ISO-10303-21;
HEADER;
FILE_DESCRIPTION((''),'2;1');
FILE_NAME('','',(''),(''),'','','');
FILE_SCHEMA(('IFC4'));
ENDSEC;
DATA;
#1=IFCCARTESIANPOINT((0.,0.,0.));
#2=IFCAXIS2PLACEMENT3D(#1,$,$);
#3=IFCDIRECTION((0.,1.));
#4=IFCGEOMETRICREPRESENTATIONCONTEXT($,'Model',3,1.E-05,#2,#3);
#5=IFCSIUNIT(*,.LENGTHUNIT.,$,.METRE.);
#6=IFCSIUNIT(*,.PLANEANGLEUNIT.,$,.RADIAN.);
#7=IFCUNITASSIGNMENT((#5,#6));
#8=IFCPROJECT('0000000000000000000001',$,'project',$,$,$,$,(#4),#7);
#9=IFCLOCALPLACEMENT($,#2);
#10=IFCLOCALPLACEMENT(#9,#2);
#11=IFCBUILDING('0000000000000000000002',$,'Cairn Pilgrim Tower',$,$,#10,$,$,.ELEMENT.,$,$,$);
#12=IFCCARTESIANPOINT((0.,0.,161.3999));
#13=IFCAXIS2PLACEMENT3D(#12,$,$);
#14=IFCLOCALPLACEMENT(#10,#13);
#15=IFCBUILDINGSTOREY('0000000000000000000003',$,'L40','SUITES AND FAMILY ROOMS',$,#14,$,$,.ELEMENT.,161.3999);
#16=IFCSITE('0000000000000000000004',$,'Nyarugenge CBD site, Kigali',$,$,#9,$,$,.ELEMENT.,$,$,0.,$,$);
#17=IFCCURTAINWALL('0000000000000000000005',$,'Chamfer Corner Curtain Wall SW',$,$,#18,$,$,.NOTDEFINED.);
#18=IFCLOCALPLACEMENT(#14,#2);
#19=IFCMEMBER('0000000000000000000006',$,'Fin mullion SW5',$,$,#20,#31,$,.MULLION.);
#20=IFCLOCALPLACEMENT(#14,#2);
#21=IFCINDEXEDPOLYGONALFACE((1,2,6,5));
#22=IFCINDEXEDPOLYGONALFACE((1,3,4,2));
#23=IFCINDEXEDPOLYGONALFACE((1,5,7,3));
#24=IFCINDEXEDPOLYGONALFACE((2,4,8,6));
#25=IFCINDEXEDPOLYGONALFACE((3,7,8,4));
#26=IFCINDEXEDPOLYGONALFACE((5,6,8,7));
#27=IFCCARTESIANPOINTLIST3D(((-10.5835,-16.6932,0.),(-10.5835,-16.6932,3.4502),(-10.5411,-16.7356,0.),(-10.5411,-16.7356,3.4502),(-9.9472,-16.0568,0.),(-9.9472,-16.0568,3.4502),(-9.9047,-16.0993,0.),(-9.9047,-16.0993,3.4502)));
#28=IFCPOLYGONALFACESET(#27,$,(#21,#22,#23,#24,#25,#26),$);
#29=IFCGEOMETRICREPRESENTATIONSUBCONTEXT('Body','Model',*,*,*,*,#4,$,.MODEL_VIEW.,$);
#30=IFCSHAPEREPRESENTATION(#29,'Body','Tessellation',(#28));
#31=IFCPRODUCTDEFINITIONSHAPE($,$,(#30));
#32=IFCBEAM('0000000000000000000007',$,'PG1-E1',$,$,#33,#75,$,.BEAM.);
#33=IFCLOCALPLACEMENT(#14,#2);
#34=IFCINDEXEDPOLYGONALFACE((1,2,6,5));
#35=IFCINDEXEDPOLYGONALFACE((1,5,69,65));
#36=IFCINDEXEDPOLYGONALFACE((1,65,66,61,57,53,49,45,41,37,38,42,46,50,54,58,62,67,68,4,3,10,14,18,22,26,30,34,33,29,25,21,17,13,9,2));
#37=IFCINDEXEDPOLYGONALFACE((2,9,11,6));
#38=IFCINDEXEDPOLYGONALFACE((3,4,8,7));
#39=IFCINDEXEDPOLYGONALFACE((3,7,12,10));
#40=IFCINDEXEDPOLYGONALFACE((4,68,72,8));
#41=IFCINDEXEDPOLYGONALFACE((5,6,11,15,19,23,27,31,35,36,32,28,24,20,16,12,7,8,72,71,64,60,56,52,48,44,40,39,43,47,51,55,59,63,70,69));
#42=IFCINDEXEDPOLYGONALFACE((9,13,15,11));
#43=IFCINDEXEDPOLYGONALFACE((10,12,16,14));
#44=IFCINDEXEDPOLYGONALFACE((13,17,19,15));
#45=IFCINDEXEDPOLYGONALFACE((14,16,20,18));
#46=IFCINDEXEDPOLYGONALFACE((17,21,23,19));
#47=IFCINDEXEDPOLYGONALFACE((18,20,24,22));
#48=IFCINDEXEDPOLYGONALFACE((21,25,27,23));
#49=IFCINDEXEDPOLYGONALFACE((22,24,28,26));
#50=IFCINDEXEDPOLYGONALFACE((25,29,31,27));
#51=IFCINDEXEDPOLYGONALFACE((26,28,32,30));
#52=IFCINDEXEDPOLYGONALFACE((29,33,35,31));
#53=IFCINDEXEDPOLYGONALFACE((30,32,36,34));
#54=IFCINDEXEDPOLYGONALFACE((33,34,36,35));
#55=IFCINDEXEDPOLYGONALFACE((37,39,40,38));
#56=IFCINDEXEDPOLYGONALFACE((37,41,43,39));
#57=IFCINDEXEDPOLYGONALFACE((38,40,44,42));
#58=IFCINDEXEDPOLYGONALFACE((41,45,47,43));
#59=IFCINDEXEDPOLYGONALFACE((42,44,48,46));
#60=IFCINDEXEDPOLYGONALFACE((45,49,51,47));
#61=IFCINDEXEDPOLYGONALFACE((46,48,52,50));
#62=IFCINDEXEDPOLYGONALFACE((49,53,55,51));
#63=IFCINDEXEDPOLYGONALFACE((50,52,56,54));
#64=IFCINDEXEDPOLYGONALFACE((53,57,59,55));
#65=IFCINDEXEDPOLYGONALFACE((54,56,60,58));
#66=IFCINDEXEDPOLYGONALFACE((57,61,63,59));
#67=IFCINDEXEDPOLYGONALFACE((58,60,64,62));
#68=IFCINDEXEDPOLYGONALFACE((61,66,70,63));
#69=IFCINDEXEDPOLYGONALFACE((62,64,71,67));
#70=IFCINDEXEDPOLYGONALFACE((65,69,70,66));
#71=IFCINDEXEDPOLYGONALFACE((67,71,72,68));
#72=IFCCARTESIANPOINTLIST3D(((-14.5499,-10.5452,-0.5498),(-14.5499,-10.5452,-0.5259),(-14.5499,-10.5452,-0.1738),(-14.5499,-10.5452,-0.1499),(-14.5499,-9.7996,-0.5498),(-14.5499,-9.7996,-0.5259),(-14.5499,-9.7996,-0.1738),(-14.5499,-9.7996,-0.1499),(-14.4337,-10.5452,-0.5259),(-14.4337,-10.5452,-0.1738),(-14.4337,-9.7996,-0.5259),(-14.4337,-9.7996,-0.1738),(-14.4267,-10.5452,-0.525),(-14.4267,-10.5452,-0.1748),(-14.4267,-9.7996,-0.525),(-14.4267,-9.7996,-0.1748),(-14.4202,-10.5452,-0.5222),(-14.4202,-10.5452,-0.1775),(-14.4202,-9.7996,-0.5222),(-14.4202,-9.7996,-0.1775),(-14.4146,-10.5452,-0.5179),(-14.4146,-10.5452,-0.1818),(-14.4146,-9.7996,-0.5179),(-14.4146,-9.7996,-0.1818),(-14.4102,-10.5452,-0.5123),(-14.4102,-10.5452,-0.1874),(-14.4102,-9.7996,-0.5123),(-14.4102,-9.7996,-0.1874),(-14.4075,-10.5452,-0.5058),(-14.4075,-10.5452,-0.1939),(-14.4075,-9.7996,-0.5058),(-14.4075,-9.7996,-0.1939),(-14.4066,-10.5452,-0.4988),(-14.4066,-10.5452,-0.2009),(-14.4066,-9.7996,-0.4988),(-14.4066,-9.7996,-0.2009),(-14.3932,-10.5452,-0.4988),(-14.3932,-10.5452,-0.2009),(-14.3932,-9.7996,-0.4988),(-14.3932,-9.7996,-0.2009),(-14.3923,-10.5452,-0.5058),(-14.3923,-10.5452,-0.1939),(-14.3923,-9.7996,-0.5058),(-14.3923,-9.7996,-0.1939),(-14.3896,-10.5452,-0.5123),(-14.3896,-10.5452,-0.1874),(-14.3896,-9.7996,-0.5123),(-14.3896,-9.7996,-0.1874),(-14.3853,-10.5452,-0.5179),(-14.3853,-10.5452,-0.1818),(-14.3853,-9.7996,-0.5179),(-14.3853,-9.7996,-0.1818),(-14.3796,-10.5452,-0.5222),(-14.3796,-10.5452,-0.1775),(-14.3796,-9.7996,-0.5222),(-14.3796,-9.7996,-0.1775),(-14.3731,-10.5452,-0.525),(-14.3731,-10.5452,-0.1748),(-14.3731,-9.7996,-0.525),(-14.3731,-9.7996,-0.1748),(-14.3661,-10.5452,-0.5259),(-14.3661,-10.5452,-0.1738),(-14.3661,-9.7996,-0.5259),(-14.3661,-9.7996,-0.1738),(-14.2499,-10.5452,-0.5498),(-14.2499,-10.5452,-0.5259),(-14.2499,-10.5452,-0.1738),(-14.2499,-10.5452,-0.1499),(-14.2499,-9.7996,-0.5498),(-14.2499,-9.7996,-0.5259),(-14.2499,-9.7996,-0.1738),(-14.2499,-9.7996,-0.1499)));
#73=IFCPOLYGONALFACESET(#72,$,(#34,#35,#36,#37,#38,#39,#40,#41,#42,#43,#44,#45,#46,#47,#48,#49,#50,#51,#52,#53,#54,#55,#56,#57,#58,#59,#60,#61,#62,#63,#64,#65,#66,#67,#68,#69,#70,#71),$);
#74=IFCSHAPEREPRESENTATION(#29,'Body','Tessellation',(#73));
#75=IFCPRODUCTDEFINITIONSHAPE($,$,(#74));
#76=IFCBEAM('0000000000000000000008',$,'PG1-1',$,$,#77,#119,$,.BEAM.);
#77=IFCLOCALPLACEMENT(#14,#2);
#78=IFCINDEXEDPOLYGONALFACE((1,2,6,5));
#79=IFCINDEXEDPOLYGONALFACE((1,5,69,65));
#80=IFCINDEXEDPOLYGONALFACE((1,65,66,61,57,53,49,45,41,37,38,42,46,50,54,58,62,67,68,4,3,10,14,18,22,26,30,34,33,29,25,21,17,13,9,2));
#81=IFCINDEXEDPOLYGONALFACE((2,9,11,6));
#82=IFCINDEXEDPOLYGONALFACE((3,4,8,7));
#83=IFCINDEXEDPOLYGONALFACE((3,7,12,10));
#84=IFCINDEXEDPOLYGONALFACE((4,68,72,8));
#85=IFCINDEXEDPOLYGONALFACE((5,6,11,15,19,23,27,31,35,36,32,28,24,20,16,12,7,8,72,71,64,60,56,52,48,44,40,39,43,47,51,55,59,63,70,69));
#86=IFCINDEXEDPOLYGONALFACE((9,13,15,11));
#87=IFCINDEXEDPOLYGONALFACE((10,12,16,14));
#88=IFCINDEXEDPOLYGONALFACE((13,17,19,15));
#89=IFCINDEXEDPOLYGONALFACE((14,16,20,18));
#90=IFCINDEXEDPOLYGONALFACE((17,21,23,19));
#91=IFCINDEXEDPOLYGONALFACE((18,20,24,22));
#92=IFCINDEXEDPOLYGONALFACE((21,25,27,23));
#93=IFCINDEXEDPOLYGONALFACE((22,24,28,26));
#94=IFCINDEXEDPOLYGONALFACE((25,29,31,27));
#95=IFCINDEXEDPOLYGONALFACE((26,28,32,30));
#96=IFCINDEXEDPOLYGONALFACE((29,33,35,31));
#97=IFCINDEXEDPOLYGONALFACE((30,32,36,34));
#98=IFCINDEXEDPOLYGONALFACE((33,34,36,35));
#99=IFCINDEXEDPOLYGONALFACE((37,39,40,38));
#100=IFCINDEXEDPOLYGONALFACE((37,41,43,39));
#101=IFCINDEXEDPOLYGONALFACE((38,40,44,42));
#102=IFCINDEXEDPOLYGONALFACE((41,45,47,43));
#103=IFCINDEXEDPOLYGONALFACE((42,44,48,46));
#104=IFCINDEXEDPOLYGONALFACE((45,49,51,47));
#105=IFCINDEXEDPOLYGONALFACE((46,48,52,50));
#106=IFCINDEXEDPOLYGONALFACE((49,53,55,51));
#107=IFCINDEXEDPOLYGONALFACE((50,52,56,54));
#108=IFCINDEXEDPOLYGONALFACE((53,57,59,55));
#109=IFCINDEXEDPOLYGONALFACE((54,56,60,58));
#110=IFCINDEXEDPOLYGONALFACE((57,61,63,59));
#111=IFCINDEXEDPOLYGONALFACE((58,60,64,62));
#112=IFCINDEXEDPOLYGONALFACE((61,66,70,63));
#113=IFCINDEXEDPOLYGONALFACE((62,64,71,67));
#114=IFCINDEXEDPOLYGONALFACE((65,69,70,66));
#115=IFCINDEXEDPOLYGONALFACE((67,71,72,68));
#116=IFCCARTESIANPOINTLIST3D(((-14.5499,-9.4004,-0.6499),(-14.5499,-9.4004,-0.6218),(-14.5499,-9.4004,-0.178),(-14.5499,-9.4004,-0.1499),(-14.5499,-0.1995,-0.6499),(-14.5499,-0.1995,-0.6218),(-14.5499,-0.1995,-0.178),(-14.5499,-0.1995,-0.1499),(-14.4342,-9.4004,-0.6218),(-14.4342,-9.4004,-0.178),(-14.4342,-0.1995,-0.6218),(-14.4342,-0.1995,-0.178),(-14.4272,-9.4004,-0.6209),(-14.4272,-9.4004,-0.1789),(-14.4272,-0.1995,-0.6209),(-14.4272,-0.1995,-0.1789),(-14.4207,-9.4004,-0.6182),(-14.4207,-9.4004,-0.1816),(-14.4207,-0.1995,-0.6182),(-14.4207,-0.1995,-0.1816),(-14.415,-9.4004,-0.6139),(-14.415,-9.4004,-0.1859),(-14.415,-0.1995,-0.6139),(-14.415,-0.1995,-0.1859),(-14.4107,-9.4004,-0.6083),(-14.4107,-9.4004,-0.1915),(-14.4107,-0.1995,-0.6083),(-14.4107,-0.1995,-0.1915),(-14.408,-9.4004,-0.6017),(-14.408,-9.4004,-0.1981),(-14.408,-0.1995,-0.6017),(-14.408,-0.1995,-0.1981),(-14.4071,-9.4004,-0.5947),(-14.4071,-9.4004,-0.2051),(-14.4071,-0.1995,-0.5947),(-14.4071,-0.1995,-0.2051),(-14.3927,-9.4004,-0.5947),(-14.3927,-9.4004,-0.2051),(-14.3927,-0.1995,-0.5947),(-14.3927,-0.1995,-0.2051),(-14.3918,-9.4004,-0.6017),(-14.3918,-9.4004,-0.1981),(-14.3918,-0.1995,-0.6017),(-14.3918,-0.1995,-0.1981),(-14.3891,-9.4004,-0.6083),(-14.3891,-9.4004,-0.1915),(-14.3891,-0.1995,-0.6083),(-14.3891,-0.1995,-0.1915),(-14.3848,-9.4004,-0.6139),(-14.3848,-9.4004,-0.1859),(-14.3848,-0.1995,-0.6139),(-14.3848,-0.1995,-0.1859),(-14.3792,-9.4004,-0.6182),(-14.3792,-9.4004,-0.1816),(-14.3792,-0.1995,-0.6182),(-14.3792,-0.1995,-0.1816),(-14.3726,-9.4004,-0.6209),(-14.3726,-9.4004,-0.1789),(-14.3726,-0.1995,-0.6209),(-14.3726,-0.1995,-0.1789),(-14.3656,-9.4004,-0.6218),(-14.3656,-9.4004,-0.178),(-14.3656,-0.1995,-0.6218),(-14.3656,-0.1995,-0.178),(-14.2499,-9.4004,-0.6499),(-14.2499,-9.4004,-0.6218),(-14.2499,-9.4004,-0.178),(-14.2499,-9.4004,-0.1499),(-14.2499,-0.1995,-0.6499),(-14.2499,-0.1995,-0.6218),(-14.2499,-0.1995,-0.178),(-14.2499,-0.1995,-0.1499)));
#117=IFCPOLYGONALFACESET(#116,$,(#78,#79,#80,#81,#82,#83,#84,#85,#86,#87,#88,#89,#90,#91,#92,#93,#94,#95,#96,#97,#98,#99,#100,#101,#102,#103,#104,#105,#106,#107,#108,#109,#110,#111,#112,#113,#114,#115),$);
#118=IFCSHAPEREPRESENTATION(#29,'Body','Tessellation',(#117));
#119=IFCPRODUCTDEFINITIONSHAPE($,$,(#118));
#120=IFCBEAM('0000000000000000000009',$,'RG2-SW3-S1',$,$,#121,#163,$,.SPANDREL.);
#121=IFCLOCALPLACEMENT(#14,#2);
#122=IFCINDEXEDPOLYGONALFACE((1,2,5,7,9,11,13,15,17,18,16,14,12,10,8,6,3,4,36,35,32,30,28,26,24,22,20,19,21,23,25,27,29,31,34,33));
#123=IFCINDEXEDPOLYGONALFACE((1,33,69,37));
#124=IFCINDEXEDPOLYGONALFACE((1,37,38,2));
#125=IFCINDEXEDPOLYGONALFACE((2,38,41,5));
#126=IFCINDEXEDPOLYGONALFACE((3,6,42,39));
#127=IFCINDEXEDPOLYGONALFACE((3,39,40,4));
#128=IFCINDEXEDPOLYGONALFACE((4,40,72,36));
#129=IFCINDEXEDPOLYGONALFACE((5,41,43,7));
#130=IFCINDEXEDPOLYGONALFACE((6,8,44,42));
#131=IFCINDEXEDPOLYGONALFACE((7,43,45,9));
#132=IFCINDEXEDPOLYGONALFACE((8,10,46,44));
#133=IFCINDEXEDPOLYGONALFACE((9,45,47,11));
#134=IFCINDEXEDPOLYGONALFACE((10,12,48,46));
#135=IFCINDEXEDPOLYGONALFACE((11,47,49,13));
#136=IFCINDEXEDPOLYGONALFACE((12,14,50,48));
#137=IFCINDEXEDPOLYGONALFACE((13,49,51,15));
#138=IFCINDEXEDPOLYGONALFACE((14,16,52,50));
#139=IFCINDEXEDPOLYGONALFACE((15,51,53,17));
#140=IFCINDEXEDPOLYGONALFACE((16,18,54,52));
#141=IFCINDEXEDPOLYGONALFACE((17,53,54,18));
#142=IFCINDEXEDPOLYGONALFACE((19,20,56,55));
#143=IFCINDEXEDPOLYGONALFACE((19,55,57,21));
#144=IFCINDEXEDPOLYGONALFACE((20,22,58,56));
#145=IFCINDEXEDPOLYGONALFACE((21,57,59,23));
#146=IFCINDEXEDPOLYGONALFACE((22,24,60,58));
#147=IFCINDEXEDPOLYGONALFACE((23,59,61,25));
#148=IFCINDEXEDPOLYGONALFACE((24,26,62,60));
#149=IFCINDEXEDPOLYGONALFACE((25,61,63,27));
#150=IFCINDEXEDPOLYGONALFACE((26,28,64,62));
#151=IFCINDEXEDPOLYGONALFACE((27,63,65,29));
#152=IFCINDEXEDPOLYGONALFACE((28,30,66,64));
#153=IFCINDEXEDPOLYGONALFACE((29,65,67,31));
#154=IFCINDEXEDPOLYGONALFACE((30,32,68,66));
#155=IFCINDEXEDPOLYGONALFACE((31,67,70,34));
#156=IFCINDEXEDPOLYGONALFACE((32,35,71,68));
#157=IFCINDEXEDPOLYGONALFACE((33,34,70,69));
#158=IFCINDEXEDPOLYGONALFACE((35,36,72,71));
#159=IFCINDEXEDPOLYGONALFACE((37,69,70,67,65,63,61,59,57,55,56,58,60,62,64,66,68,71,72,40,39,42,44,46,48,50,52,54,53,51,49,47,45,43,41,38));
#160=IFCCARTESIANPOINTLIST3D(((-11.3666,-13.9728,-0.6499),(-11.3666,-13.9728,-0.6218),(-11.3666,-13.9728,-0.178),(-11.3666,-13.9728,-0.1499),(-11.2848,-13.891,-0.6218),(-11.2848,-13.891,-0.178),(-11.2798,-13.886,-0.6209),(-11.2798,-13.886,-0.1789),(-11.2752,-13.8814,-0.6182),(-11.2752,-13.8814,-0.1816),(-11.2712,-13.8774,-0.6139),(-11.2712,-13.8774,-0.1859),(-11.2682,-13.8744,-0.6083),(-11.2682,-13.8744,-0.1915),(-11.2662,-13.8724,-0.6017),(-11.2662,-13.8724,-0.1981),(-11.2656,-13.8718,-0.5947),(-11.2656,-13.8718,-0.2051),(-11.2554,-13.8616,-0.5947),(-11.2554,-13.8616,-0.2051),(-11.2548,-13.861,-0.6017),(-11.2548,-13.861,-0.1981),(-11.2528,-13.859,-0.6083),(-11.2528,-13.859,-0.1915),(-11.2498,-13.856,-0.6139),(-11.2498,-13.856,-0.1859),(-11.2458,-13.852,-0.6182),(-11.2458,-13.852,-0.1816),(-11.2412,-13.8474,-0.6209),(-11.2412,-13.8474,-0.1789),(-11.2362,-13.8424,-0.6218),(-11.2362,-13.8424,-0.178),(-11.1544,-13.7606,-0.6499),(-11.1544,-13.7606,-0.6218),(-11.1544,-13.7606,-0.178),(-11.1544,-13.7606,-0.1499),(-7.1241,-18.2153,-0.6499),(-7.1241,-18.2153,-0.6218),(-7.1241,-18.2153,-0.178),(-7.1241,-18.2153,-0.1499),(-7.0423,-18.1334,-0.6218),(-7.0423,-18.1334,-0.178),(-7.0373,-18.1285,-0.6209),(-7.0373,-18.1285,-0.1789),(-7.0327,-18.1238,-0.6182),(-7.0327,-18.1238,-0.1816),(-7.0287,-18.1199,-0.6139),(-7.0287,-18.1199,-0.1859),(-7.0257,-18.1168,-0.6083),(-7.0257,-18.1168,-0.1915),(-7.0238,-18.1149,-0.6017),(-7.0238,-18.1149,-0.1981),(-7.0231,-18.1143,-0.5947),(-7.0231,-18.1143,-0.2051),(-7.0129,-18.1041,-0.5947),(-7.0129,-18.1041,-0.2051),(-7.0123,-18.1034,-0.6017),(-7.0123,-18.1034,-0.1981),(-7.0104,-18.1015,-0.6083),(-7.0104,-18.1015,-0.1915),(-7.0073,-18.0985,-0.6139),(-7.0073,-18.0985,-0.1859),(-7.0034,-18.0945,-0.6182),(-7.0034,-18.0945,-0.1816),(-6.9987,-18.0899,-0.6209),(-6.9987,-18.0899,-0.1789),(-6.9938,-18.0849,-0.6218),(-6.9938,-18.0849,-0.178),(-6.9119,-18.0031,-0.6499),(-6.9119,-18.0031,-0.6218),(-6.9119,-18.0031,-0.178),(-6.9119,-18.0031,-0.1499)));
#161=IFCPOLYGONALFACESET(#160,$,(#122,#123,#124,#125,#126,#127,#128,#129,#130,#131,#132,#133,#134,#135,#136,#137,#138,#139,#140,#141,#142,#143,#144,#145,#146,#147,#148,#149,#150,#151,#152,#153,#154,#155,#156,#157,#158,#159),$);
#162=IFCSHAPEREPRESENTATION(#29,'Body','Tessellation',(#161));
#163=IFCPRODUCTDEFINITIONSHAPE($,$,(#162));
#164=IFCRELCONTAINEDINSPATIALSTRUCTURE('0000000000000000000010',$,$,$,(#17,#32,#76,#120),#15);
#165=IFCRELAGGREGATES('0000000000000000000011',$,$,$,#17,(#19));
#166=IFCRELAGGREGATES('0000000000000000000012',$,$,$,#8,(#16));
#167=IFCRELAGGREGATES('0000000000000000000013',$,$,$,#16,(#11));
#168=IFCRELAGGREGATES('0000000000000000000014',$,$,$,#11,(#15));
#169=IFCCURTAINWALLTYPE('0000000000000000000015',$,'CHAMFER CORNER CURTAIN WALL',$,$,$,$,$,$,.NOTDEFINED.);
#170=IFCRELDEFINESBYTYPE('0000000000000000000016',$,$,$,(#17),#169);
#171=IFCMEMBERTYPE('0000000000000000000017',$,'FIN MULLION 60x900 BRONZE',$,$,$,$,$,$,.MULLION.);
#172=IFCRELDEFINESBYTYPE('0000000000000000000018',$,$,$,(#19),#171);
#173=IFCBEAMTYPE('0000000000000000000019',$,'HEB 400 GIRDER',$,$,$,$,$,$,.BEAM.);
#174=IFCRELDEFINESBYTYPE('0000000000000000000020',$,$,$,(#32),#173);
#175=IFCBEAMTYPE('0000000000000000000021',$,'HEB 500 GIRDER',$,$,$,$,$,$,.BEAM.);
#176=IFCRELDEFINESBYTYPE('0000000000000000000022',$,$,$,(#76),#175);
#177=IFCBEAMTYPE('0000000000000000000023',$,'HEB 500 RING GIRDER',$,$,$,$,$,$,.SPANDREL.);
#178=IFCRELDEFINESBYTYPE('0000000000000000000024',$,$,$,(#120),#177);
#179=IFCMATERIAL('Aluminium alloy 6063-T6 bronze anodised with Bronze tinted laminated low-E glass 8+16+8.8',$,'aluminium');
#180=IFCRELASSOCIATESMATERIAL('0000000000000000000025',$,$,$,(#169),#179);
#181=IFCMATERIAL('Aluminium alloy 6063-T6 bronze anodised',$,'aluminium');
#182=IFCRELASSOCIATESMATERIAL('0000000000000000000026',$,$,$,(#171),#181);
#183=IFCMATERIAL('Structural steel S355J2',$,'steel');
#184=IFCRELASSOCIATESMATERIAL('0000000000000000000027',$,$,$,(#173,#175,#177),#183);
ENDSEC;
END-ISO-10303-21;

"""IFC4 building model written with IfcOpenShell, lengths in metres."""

from ifc_helpers import new_model, si_unit, direction, frame, origin, origin_2d, place, context, subcontext, project, spatial, rectangle, i_section, extrude, material, material_profile, profile_set, type_object, element, aggregate, save


model = new_model("IFC4")

# Units and contexts
model_context = context("Model", 3, precision=1e-05, world=origin(), true_north=direction((0.0, 1.0)))
body_context = subcontext(model_context, "Body", "Model", "MODEL_VIEW")
ifc_project = project(units=[si_unit("LENGTHUNIT", "METRE"), si_unit("PLANEANGLEUNIT", "RADIAN")], contexts=[model_context])

# Site, building, storey
site_placement = place(None, origin())
site = spatial("IfcSite", under=ifc_project, at=site_placement, Name="Nyarugenge CBD site, Kigali", CompositionType="ELEMENT", RefElevation=0.0)
building_placement = place(site_placement, origin())
building = spatial("IfcBuilding", under=site, at=building_placement, Name="Cairn Pilgrim Tower", CompositionType="ELEMENT")
storey_placement = place(building_placement, frame((0.0, 0.0, 161.3999)))
storey = spatial("IfcBuildingStorey", under=building, at=storey_placement, Name="L40", Description="SUITES AND FAMILY ROOMS", CompositionType="ELEMENT", Elevation=161.3999)

# Shared definitions
ifc_material_1 = material(Name="Structural steel S355J2", Category="steel")

# Curtain wall, member
ifc_material_2 = material(Name="Aluminium alloy 6063-T6 bronze anodised with Bronze tinted laminated low-E glass 8+16+8.8", Category="aluminium")
curtain_wall_type = type_object("IfcCurtainWallType", Name="CHAMFER CORNER CURTAIN WALL", PredefinedType="NOTDEFINED", material=ifc_material_2)
curtain_wall_placement = place(storey_placement, origin())
curtain_wall = element("IfcCurtainWall", 1, at=curtain_wall_placement, inside=storey, type_object=curtain_wall_type, Name="Chamfer Corner Curtain Wall SW", PredefinedType="NOTDEFINED")
ifc_material_3 = material(Name="Aluminium alloy 6063-T6 bronze anodised", Category="aluminium")
ifc_material_profile_1 = material_profile(ifc_material_3, rectangle(XDim=0.8999, YDim=0.0601, at=origin_2d()), Name="FIN MULLION 60x900 BRONZE")
ifc_profile_set_1 = profile_set([ifc_material_profile_1], Name="Aluminium alloy 6063-T6 bronze anodised")
member_type_1 = type_object("IfcMemberType", Name="FIN MULLION 60x900 BRONZE", PredefinedType="MULLION", material=ifc_profile_set_1)
member_1_placement = place(storey_placement, frame((-10.2441, -16.3962, 0.0), z_axis=(0.0, 0.0, 1.0), x_axis=(-0.707107, -0.707107, 0.0)))
member_1 = element("IfcMember", 2, at=member_1_placement, type_object=member_type_1, Name="Fin mullion SW5", PredefinedType="MULLION", context=body_context, shape_type="SweptSolid", body=[
    extrude(rectangle(XDim=0.8999, YDim=0.0601, at=origin_2d()), origin(), (0.0, 0.0, 1.0), 3.4502),
])

# Beams
ifc_material_profile_2 = material_profile(ifc_material_1, i_section(OverallWidth=0.3, OverallDepth=0.3999, WebThickness=0.0134, FlangeThickness=0.0239, FilletRadius=0.0271, at=origin_2d()), Name="HEB 400")
ifc_profile_set_2 = profile_set([ifc_material_profile_2], Name="Structural steel S355J2")
beam_type_1 = type_object("IfcBeamType", Name="HEB 400 GIRDER", PredefinedType="BEAM", material=ifc_profile_set_2)
beam_1_placement = place(storey_placement, frame((-14.3999, -10.5452, -0.3499), z_axis=(0.0, 1.0, 0.0), x_axis=(-1.0, 0.0, 0.0)))
element("IfcBeam", 3, at=beam_1_placement, inside=storey, type_object=beam_type_1, Name="PG1-E1", PredefinedType="BEAM", context=body_context, shape_type="SweptSolid", body=[
    extrude(i_section(OverallWidth=0.3, OverallDepth=0.3999, WebThickness=0.0134, FlangeThickness=0.0239, FilletRadius=0.0271, at=origin_2d()), origin(), (0.0, 0.0, 1.0), 0.7456),
])
ifc_material_profile_3 = material_profile(ifc_material_1, i_section(OverallWidth=0.3, OverallDepth=0.5, WebThickness=0.0144, FlangeThickness=0.0281, FilletRadius=0.0271, at=origin_2d()), Name="HEB 500")
ifc_profile_set_3 = profile_set([ifc_material_profile_3], Name="Structural steel S355J2")
beam_type_2 = type_object("IfcBeamType", Name="HEB 500 GIRDER", PredefinedType="BEAM", material=ifc_profile_set_3)
beam_2_placement = place(storey_placement, frame((-14.3999, -9.4004, -0.3999), z_axis=(0.0, 1.0, 0.0), x_axis=(-1.0, 0.0, 0.0)))
element("IfcBeam", 4, at=beam_2_placement, inside=storey, type_object=beam_type_2, Name="PG1-1", PredefinedType="BEAM", context=body_context, shape_type="SweptSolid", body=[
    extrude(i_section(OverallWidth=0.3, OverallDepth=0.5, WebThickness=0.0144, FlangeThickness=0.0281, FilletRadius=0.0271, at=origin_2d()), origin(), (0.0, 0.0, 1.0), 9.2009),
])
ifc_material_profile_4 = material_profile(ifc_material_1, i_section(OverallWidth=0.3, OverallDepth=0.5, WebThickness=0.0144, FlangeThickness=0.0281, FilletRadius=0.0271, at=origin_2d()), Name="HEB 500")
ifc_profile_set_4 = profile_set([ifc_material_profile_4], Name="Structural steel S355J2")
beam_type_3 = type_object("IfcBeamType", Name="HEB 500 RING GIRDER", PredefinedType="SPANDREL", material=ifc_profile_set_4)
beam_3_placement = place(storey_placement, frame((-11.2605, -13.8667, -0.3999), z_axis=(0.707107, -0.707107, 0.0), x_axis=(0.707107, 0.707107, 0.0)))
element("IfcBeam", 5, at=beam_3_placement, inside=storey, type_object=beam_type_3, Name="RG2-SW3-S1", PredefinedType="SPANDREL", context=body_context, shape_type="SweptSolid", body=[
    extrude(i_section(OverallWidth=0.3, OverallDepth=0.5, WebThickness=0.0144, FlangeThickness=0.0281, FilletRadius=0.0271, at=origin_2d()), origin(), (0.0, 0.0, 1.0), 5.9998),
])

aggregate(curtain_wall, [member_1])

save(model, "model.ifc")
